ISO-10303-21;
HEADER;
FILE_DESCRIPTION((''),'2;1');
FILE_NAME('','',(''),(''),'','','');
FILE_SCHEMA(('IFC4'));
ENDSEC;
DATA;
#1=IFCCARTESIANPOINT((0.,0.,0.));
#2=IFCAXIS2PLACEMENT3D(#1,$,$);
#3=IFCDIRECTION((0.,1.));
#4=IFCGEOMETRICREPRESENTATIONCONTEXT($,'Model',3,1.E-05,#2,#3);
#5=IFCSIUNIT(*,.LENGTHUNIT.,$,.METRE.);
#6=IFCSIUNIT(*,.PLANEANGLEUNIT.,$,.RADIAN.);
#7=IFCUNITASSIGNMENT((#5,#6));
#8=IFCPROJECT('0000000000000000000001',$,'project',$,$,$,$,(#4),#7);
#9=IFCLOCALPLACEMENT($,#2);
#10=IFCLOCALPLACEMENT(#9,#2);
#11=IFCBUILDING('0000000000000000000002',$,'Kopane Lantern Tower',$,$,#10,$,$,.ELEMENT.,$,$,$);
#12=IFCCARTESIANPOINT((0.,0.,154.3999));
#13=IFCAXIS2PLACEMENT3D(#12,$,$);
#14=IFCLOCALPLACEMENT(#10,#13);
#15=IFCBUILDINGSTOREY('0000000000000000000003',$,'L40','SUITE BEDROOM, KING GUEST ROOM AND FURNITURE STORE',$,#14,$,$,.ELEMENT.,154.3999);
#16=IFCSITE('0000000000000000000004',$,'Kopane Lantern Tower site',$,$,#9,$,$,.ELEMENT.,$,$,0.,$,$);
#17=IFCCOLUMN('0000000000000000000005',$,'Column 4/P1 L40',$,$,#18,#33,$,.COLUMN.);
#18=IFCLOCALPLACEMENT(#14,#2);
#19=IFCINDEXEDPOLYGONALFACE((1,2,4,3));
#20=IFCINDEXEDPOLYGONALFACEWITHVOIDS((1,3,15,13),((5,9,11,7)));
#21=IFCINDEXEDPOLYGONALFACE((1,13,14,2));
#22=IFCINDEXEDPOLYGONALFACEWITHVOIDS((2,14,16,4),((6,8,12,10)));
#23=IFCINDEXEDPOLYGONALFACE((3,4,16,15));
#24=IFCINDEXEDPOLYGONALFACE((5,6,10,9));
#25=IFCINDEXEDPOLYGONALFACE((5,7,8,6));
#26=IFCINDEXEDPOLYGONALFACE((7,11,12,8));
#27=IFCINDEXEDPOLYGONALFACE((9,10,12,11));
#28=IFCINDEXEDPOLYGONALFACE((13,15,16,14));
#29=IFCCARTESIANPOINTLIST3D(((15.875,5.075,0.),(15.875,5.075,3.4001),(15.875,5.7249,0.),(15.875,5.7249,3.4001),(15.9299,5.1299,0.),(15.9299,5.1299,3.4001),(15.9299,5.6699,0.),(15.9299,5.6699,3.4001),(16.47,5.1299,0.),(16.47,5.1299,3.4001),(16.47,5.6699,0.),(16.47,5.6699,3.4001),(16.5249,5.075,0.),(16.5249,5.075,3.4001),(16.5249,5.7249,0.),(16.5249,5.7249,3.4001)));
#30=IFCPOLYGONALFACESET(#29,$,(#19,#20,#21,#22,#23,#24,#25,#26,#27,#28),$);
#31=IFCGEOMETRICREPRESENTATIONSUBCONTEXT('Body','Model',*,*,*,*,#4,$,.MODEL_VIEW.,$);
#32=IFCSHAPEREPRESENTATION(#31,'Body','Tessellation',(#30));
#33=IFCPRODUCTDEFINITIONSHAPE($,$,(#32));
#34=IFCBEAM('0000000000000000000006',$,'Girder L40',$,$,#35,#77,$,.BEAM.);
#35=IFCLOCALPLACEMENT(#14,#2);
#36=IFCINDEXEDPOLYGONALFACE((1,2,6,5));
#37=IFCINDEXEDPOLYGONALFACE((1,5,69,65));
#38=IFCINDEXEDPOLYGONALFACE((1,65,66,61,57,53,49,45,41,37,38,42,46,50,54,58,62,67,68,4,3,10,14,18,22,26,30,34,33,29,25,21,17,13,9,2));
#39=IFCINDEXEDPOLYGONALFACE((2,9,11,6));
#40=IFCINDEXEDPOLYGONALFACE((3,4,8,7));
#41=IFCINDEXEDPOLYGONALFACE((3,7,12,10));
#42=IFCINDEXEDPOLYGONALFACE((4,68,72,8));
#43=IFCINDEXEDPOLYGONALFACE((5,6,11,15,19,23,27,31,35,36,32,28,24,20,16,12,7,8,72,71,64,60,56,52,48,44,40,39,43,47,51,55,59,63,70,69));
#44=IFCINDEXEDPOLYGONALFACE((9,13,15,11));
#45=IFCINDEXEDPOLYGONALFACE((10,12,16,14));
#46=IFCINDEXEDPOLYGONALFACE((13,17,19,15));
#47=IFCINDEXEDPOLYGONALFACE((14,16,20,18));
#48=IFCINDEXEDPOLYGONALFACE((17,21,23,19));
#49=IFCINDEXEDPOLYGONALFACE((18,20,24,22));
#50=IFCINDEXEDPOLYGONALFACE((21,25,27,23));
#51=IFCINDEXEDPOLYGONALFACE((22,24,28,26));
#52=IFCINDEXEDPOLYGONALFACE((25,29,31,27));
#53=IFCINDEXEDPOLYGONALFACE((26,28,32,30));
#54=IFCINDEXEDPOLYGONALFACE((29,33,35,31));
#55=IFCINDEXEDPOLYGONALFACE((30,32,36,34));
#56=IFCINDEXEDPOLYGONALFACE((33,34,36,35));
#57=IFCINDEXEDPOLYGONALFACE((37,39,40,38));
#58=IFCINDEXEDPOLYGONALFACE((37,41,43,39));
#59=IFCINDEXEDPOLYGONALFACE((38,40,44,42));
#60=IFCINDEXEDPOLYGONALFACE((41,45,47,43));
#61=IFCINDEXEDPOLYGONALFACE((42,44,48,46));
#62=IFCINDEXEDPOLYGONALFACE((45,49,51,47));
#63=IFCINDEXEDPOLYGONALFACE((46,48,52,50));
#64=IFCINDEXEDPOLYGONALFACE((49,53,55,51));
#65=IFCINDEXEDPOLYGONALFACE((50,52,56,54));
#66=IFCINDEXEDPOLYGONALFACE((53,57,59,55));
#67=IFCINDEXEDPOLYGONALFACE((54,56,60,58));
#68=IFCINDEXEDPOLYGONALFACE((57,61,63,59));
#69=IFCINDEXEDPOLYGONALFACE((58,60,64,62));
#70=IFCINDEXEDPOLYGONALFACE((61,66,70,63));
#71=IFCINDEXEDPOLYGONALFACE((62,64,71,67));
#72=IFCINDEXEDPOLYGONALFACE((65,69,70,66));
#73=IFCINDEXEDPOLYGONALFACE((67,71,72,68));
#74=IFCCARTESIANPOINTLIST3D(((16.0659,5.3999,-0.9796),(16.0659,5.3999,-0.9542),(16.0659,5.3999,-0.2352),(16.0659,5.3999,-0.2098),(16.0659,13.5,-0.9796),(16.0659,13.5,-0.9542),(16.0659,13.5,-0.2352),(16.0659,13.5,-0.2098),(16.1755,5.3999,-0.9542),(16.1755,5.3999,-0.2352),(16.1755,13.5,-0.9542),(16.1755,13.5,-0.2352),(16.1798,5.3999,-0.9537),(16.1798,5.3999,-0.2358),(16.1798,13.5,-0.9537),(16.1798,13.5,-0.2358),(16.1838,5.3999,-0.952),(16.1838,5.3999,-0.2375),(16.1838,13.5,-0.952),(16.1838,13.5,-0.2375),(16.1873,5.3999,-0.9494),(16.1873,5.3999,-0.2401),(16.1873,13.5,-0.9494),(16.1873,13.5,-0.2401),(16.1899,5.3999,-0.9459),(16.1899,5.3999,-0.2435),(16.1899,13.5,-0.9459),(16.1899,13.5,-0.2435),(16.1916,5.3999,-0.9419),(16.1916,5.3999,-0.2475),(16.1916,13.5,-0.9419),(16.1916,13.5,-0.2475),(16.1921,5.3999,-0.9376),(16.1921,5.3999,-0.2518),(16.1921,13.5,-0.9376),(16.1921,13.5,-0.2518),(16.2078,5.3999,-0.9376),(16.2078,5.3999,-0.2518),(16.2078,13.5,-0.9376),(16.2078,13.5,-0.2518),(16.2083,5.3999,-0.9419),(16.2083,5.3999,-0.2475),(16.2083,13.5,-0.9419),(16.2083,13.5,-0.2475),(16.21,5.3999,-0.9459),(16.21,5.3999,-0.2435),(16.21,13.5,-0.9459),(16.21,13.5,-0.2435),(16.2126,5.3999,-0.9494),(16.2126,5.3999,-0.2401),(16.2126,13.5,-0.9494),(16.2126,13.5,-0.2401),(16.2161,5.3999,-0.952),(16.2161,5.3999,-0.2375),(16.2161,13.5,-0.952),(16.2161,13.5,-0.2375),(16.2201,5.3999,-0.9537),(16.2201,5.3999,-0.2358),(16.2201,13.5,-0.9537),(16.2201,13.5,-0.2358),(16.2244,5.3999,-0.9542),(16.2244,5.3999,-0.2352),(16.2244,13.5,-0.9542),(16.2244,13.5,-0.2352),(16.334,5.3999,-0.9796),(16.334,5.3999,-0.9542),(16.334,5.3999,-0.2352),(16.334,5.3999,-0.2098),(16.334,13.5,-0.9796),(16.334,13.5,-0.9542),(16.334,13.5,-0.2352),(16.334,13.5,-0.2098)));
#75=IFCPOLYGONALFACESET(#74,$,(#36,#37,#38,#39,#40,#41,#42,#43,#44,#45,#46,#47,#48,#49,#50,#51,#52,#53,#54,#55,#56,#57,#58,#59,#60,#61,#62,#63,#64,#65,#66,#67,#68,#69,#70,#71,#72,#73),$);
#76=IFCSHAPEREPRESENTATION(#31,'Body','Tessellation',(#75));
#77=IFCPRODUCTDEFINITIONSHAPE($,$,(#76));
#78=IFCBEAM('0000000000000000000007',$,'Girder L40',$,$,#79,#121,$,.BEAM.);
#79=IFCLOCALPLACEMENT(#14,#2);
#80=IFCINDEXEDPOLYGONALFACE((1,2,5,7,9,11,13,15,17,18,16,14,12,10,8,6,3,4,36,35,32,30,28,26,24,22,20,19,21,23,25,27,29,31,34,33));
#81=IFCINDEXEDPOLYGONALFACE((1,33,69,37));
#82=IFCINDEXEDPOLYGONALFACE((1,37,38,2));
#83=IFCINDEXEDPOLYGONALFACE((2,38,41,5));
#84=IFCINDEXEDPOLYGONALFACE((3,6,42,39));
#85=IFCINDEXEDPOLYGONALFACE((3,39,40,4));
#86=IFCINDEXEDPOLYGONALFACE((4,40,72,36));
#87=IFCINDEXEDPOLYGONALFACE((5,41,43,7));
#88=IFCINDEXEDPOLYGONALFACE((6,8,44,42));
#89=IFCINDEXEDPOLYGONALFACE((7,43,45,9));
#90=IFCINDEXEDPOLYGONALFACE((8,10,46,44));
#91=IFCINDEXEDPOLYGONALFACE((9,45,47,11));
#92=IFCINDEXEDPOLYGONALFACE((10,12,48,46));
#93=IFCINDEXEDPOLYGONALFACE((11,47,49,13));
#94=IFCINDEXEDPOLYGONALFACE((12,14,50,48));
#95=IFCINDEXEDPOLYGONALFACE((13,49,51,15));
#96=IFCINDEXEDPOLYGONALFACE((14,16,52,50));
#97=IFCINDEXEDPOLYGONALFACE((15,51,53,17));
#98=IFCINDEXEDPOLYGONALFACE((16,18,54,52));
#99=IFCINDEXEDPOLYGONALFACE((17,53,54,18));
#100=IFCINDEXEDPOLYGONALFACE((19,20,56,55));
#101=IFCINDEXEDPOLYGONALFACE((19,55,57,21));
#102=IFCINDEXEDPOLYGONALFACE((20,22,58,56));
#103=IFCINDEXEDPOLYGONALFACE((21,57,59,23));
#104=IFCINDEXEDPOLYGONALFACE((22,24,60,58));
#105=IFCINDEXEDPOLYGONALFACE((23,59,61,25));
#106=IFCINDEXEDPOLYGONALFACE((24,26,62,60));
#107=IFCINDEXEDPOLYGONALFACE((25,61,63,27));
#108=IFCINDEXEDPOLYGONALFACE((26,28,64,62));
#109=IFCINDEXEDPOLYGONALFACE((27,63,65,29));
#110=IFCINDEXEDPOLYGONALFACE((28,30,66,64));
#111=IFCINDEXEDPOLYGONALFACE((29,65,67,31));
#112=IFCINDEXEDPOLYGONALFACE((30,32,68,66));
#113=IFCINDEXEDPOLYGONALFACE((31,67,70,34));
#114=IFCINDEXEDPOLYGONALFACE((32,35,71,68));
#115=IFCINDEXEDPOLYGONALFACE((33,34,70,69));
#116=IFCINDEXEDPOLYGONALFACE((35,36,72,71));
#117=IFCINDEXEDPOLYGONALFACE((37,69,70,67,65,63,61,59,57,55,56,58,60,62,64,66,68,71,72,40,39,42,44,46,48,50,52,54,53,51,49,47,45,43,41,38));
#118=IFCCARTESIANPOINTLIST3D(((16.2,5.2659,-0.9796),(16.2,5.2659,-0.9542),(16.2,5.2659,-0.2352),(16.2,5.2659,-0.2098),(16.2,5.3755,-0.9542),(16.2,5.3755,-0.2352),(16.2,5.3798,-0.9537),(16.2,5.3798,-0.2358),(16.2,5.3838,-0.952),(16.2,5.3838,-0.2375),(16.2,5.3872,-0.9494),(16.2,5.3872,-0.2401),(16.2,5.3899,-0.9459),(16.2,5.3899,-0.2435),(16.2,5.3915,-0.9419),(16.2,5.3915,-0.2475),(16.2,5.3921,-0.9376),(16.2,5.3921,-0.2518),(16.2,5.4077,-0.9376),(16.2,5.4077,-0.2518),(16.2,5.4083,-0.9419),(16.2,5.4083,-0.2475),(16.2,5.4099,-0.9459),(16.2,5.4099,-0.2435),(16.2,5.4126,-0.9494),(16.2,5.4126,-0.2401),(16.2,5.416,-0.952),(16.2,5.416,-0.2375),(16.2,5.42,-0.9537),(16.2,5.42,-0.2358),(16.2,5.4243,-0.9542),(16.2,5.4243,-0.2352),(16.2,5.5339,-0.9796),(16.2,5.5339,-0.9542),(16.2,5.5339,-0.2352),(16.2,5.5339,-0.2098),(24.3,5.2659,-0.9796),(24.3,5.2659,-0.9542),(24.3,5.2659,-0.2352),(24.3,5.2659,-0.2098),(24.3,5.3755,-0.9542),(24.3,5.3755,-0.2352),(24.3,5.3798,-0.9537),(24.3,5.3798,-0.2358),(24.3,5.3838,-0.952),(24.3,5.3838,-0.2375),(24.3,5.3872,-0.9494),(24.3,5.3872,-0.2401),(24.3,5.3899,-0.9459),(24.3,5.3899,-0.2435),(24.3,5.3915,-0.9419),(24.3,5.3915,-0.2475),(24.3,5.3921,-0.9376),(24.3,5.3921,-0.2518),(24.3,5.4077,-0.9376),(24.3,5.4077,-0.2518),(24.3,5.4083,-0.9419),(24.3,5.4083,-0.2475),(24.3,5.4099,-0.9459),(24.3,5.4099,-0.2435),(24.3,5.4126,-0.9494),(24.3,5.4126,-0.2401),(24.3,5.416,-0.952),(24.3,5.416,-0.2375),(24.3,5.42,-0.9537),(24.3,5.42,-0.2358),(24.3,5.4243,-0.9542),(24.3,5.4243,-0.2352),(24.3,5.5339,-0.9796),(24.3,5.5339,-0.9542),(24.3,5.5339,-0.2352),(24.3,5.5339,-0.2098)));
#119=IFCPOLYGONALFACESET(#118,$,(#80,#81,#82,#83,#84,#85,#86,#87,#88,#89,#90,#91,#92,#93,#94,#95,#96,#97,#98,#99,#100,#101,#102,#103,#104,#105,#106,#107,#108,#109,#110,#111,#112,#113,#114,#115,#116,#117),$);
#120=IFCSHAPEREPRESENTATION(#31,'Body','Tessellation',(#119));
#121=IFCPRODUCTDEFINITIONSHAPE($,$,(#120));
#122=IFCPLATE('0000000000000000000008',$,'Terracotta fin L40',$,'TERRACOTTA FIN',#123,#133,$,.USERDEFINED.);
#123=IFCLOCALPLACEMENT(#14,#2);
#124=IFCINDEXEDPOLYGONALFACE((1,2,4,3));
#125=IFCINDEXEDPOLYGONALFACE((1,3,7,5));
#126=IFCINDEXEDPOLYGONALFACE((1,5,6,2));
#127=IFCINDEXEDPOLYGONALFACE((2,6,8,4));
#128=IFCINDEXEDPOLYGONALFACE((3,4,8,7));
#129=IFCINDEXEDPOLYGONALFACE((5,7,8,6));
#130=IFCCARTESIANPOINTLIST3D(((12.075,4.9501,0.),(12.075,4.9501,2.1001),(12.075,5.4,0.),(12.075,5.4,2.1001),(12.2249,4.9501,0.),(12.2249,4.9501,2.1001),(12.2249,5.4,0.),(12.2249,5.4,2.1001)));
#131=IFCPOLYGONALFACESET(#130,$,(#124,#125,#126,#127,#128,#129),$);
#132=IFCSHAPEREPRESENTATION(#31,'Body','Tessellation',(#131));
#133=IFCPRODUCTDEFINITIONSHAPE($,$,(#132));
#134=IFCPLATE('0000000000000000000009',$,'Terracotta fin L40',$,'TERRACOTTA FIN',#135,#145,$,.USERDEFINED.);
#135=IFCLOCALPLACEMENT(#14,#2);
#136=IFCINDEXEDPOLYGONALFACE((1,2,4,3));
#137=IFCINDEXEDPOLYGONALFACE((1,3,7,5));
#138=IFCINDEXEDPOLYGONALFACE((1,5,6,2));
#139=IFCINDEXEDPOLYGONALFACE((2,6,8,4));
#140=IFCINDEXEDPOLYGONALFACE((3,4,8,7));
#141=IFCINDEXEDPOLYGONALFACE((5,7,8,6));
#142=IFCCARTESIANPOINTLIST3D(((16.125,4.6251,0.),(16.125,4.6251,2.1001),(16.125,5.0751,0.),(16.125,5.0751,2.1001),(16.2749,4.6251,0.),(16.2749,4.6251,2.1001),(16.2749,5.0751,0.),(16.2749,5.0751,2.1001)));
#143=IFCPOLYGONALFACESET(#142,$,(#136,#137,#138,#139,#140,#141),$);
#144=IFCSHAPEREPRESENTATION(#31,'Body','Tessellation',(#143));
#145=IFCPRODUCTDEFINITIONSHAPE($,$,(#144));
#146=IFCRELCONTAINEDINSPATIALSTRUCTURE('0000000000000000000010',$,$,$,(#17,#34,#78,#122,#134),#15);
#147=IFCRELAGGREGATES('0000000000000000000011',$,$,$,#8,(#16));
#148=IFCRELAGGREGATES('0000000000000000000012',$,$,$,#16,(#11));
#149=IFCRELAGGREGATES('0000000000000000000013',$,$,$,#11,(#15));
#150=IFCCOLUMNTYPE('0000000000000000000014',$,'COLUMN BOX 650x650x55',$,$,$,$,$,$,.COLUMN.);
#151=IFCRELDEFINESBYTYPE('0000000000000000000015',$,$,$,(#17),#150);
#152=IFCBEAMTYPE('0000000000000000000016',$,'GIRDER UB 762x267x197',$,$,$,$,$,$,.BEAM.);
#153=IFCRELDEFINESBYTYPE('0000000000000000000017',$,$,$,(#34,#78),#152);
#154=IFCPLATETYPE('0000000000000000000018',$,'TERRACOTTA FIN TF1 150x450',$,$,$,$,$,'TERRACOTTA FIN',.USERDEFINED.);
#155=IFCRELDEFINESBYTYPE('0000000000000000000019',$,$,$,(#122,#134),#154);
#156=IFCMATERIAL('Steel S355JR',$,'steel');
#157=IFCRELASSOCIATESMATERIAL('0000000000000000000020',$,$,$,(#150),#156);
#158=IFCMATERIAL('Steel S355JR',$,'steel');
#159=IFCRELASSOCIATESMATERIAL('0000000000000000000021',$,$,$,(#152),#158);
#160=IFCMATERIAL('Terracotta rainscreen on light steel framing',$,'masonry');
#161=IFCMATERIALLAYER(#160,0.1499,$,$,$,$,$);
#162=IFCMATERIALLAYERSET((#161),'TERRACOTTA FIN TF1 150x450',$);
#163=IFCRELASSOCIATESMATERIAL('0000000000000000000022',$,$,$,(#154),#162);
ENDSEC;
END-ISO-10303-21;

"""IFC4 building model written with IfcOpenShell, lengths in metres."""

from ifc_helpers import new_model, si_unit, direction, frame, origin, origin_2d, place, context, subcontext, project, spatial, rectangle, hollow_rectangle, i_section, extrude, material, layer, layer_set, material_profile, profile_set, type_object, element, save


model = new_model("IFC4")

# Units and contexts
model_context = context("Model", 3, precision=1e-05, world=origin(), true_north=direction((0.0, 1.0)))
body_context = subcontext(model_context, "Body", "Model", "MODEL_VIEW")
ifc_project = project(units=[si_unit("LENGTHUNIT", "METRE"), si_unit("PLANEANGLEUNIT", "RADIAN")], contexts=[model_context])

# Site, building, storey
site_placement = place(None, origin())
site = spatial("IfcSite", under=ifc_project, at=site_placement, Name="Kopane Lantern Tower site", CompositionType="ELEMENT", RefElevation=0.0)
building_placement = place(site_placement, origin())
building = spatial("IfcBuilding", under=site, at=building_placement, Name="Kopane Lantern Tower", CompositionType="ELEMENT")
storey_placement = place(building_placement, frame((0.0, 0.0, 154.3999)))
storey = spatial("IfcBuildingStorey", under=building, at=storey_placement, Name="L40", Description="SUITE BEDROOM, KING GUEST ROOM AND FURNITURE STORE", CompositionType="ELEMENT", Elevation=154.3999)

# Column
ifc_material_1 = material(Name="Steel S355JR", Category="steel")
ifc_material_profile_1 = material_profile(ifc_material_1, hollow_rectangle(XDim=0.6499, YDim=0.6499, WallThickness=0.0549, at=origin_2d()), Name="BOX 650x650x55")
ifc_profile_set_1 = profile_set([ifc_material_profile_1], Name="Steel S355JR")
column_type = type_object("IfcColumnType", Name="COLUMN BOX 650x650x55", PredefinedType="COLUMN", material=ifc_profile_set_1)
column_placement = place(storey_placement, frame((16.2, 5.3999, 0.0), z_axis=(0.0, 0.0, 1.0), x_axis=(1.0, 0.0, 0.0)))
element("IfcColumn", 1, at=column_placement, inside=storey, type_object=column_type, Name="Column 4/P1 L40", PredefinedType="COLUMN", context=body_context, shape_type="SweptSolid", body=[
    extrude(hollow_rectangle(XDim=0.6499, YDim=0.6499, WallThickness=0.0549, at=origin_2d()), origin(), (0.0, 0.0, 1.0), 3.4001),
])

# Beams
ifc_material_2 = material(Name="Steel S355JR", Category="steel")
ifc_material_profile_2 = material_profile(ifc_material_2, i_section(OverallWidth=0.2681, OverallDepth=0.7698, WebThickness=0.0156, FlangeThickness=0.0254, FilletRadius=0.0166, at=origin_2d()), Name="UB 762x267x197")
ifc_profile_set_2 = profile_set([ifc_material_profile_2], Name="Steel S355JR")
beam_type = type_object("IfcBeamType", Name="GIRDER UB 762x267x197", PredefinedType="BEAM", material=ifc_profile_set_2)
for number, where, z_axis, x_axis, name in (
    (2, (16.2, 5.3999, -0.5947), (0.0, 1.0, 0.0), (-1.0, 0.0, 0.0), "Girder L40"),
    (3, (16.2, 5.3999, -0.5947), (1.0, 0.0, 0.0), (0.0, 1.0, 0.0), "Girder L40"),
):
    element("IfcBeam", number, at=place(storey_placement, frame(where, z_axis=z_axis, x_axis=x_axis)), inside=storey, type_object=beam_type, Name=name, PredefinedType="BEAM", context=body_context, shape_type="SweptSolid", body=[
        extrude(i_section(OverallWidth=0.2681, OverallDepth=0.7698, WebThickness=0.0156, FlangeThickness=0.0254, FilletRadius=0.0166, at=origin_2d()), origin(), (0.0, 0.0, 1.0), 8.1001),
    ])

# Plates
ifc_material_3 = material(Name="Terracotta rainscreen on light steel framing", Category="masonry")
ifc_layer_1 = layer(ifc_material_3, 0.1499)
ifc_layer_set_1 = layer_set([ifc_layer_1], Name="TERRACOTTA FIN TF1 150x450")
plate_type = type_object("IfcPlateType", Name="TERRACOTTA FIN TF1 150x450", ElementType="TERRACOTTA FIN", PredefinedType="USERDEFINED", material=ifc_layer_set_1)
for number, where, z_axis, x_axis, name in (
    (4, (12.1499, 5.175, 0.0), (0.0, 0.0, 1.0), (1.0, 0.0, 0.0), "Terracotta fin L40"),
    (5, (16.2, 4.8501, 0.0), (0.0, 0.0, 1.0), (1.0, 0.0, 0.0), "Terracotta fin L40"),
):
    element("IfcPlate", number, at=place(storey_placement, frame(where, z_axis=z_axis, x_axis=x_axis)), inside=storey, type_object=plate_type, Name=name, ObjectType="TERRACOTTA FIN", PredefinedType="USERDEFINED", context=body_context, shape_type="SweptSolid", body=[
        extrude(rectangle(XDim=0.1499, YDim=0.45, at=origin_2d()), origin(), (0.0, 0.0, 1.0), 2.1001),
    ])

save(model, "model.ifc")
